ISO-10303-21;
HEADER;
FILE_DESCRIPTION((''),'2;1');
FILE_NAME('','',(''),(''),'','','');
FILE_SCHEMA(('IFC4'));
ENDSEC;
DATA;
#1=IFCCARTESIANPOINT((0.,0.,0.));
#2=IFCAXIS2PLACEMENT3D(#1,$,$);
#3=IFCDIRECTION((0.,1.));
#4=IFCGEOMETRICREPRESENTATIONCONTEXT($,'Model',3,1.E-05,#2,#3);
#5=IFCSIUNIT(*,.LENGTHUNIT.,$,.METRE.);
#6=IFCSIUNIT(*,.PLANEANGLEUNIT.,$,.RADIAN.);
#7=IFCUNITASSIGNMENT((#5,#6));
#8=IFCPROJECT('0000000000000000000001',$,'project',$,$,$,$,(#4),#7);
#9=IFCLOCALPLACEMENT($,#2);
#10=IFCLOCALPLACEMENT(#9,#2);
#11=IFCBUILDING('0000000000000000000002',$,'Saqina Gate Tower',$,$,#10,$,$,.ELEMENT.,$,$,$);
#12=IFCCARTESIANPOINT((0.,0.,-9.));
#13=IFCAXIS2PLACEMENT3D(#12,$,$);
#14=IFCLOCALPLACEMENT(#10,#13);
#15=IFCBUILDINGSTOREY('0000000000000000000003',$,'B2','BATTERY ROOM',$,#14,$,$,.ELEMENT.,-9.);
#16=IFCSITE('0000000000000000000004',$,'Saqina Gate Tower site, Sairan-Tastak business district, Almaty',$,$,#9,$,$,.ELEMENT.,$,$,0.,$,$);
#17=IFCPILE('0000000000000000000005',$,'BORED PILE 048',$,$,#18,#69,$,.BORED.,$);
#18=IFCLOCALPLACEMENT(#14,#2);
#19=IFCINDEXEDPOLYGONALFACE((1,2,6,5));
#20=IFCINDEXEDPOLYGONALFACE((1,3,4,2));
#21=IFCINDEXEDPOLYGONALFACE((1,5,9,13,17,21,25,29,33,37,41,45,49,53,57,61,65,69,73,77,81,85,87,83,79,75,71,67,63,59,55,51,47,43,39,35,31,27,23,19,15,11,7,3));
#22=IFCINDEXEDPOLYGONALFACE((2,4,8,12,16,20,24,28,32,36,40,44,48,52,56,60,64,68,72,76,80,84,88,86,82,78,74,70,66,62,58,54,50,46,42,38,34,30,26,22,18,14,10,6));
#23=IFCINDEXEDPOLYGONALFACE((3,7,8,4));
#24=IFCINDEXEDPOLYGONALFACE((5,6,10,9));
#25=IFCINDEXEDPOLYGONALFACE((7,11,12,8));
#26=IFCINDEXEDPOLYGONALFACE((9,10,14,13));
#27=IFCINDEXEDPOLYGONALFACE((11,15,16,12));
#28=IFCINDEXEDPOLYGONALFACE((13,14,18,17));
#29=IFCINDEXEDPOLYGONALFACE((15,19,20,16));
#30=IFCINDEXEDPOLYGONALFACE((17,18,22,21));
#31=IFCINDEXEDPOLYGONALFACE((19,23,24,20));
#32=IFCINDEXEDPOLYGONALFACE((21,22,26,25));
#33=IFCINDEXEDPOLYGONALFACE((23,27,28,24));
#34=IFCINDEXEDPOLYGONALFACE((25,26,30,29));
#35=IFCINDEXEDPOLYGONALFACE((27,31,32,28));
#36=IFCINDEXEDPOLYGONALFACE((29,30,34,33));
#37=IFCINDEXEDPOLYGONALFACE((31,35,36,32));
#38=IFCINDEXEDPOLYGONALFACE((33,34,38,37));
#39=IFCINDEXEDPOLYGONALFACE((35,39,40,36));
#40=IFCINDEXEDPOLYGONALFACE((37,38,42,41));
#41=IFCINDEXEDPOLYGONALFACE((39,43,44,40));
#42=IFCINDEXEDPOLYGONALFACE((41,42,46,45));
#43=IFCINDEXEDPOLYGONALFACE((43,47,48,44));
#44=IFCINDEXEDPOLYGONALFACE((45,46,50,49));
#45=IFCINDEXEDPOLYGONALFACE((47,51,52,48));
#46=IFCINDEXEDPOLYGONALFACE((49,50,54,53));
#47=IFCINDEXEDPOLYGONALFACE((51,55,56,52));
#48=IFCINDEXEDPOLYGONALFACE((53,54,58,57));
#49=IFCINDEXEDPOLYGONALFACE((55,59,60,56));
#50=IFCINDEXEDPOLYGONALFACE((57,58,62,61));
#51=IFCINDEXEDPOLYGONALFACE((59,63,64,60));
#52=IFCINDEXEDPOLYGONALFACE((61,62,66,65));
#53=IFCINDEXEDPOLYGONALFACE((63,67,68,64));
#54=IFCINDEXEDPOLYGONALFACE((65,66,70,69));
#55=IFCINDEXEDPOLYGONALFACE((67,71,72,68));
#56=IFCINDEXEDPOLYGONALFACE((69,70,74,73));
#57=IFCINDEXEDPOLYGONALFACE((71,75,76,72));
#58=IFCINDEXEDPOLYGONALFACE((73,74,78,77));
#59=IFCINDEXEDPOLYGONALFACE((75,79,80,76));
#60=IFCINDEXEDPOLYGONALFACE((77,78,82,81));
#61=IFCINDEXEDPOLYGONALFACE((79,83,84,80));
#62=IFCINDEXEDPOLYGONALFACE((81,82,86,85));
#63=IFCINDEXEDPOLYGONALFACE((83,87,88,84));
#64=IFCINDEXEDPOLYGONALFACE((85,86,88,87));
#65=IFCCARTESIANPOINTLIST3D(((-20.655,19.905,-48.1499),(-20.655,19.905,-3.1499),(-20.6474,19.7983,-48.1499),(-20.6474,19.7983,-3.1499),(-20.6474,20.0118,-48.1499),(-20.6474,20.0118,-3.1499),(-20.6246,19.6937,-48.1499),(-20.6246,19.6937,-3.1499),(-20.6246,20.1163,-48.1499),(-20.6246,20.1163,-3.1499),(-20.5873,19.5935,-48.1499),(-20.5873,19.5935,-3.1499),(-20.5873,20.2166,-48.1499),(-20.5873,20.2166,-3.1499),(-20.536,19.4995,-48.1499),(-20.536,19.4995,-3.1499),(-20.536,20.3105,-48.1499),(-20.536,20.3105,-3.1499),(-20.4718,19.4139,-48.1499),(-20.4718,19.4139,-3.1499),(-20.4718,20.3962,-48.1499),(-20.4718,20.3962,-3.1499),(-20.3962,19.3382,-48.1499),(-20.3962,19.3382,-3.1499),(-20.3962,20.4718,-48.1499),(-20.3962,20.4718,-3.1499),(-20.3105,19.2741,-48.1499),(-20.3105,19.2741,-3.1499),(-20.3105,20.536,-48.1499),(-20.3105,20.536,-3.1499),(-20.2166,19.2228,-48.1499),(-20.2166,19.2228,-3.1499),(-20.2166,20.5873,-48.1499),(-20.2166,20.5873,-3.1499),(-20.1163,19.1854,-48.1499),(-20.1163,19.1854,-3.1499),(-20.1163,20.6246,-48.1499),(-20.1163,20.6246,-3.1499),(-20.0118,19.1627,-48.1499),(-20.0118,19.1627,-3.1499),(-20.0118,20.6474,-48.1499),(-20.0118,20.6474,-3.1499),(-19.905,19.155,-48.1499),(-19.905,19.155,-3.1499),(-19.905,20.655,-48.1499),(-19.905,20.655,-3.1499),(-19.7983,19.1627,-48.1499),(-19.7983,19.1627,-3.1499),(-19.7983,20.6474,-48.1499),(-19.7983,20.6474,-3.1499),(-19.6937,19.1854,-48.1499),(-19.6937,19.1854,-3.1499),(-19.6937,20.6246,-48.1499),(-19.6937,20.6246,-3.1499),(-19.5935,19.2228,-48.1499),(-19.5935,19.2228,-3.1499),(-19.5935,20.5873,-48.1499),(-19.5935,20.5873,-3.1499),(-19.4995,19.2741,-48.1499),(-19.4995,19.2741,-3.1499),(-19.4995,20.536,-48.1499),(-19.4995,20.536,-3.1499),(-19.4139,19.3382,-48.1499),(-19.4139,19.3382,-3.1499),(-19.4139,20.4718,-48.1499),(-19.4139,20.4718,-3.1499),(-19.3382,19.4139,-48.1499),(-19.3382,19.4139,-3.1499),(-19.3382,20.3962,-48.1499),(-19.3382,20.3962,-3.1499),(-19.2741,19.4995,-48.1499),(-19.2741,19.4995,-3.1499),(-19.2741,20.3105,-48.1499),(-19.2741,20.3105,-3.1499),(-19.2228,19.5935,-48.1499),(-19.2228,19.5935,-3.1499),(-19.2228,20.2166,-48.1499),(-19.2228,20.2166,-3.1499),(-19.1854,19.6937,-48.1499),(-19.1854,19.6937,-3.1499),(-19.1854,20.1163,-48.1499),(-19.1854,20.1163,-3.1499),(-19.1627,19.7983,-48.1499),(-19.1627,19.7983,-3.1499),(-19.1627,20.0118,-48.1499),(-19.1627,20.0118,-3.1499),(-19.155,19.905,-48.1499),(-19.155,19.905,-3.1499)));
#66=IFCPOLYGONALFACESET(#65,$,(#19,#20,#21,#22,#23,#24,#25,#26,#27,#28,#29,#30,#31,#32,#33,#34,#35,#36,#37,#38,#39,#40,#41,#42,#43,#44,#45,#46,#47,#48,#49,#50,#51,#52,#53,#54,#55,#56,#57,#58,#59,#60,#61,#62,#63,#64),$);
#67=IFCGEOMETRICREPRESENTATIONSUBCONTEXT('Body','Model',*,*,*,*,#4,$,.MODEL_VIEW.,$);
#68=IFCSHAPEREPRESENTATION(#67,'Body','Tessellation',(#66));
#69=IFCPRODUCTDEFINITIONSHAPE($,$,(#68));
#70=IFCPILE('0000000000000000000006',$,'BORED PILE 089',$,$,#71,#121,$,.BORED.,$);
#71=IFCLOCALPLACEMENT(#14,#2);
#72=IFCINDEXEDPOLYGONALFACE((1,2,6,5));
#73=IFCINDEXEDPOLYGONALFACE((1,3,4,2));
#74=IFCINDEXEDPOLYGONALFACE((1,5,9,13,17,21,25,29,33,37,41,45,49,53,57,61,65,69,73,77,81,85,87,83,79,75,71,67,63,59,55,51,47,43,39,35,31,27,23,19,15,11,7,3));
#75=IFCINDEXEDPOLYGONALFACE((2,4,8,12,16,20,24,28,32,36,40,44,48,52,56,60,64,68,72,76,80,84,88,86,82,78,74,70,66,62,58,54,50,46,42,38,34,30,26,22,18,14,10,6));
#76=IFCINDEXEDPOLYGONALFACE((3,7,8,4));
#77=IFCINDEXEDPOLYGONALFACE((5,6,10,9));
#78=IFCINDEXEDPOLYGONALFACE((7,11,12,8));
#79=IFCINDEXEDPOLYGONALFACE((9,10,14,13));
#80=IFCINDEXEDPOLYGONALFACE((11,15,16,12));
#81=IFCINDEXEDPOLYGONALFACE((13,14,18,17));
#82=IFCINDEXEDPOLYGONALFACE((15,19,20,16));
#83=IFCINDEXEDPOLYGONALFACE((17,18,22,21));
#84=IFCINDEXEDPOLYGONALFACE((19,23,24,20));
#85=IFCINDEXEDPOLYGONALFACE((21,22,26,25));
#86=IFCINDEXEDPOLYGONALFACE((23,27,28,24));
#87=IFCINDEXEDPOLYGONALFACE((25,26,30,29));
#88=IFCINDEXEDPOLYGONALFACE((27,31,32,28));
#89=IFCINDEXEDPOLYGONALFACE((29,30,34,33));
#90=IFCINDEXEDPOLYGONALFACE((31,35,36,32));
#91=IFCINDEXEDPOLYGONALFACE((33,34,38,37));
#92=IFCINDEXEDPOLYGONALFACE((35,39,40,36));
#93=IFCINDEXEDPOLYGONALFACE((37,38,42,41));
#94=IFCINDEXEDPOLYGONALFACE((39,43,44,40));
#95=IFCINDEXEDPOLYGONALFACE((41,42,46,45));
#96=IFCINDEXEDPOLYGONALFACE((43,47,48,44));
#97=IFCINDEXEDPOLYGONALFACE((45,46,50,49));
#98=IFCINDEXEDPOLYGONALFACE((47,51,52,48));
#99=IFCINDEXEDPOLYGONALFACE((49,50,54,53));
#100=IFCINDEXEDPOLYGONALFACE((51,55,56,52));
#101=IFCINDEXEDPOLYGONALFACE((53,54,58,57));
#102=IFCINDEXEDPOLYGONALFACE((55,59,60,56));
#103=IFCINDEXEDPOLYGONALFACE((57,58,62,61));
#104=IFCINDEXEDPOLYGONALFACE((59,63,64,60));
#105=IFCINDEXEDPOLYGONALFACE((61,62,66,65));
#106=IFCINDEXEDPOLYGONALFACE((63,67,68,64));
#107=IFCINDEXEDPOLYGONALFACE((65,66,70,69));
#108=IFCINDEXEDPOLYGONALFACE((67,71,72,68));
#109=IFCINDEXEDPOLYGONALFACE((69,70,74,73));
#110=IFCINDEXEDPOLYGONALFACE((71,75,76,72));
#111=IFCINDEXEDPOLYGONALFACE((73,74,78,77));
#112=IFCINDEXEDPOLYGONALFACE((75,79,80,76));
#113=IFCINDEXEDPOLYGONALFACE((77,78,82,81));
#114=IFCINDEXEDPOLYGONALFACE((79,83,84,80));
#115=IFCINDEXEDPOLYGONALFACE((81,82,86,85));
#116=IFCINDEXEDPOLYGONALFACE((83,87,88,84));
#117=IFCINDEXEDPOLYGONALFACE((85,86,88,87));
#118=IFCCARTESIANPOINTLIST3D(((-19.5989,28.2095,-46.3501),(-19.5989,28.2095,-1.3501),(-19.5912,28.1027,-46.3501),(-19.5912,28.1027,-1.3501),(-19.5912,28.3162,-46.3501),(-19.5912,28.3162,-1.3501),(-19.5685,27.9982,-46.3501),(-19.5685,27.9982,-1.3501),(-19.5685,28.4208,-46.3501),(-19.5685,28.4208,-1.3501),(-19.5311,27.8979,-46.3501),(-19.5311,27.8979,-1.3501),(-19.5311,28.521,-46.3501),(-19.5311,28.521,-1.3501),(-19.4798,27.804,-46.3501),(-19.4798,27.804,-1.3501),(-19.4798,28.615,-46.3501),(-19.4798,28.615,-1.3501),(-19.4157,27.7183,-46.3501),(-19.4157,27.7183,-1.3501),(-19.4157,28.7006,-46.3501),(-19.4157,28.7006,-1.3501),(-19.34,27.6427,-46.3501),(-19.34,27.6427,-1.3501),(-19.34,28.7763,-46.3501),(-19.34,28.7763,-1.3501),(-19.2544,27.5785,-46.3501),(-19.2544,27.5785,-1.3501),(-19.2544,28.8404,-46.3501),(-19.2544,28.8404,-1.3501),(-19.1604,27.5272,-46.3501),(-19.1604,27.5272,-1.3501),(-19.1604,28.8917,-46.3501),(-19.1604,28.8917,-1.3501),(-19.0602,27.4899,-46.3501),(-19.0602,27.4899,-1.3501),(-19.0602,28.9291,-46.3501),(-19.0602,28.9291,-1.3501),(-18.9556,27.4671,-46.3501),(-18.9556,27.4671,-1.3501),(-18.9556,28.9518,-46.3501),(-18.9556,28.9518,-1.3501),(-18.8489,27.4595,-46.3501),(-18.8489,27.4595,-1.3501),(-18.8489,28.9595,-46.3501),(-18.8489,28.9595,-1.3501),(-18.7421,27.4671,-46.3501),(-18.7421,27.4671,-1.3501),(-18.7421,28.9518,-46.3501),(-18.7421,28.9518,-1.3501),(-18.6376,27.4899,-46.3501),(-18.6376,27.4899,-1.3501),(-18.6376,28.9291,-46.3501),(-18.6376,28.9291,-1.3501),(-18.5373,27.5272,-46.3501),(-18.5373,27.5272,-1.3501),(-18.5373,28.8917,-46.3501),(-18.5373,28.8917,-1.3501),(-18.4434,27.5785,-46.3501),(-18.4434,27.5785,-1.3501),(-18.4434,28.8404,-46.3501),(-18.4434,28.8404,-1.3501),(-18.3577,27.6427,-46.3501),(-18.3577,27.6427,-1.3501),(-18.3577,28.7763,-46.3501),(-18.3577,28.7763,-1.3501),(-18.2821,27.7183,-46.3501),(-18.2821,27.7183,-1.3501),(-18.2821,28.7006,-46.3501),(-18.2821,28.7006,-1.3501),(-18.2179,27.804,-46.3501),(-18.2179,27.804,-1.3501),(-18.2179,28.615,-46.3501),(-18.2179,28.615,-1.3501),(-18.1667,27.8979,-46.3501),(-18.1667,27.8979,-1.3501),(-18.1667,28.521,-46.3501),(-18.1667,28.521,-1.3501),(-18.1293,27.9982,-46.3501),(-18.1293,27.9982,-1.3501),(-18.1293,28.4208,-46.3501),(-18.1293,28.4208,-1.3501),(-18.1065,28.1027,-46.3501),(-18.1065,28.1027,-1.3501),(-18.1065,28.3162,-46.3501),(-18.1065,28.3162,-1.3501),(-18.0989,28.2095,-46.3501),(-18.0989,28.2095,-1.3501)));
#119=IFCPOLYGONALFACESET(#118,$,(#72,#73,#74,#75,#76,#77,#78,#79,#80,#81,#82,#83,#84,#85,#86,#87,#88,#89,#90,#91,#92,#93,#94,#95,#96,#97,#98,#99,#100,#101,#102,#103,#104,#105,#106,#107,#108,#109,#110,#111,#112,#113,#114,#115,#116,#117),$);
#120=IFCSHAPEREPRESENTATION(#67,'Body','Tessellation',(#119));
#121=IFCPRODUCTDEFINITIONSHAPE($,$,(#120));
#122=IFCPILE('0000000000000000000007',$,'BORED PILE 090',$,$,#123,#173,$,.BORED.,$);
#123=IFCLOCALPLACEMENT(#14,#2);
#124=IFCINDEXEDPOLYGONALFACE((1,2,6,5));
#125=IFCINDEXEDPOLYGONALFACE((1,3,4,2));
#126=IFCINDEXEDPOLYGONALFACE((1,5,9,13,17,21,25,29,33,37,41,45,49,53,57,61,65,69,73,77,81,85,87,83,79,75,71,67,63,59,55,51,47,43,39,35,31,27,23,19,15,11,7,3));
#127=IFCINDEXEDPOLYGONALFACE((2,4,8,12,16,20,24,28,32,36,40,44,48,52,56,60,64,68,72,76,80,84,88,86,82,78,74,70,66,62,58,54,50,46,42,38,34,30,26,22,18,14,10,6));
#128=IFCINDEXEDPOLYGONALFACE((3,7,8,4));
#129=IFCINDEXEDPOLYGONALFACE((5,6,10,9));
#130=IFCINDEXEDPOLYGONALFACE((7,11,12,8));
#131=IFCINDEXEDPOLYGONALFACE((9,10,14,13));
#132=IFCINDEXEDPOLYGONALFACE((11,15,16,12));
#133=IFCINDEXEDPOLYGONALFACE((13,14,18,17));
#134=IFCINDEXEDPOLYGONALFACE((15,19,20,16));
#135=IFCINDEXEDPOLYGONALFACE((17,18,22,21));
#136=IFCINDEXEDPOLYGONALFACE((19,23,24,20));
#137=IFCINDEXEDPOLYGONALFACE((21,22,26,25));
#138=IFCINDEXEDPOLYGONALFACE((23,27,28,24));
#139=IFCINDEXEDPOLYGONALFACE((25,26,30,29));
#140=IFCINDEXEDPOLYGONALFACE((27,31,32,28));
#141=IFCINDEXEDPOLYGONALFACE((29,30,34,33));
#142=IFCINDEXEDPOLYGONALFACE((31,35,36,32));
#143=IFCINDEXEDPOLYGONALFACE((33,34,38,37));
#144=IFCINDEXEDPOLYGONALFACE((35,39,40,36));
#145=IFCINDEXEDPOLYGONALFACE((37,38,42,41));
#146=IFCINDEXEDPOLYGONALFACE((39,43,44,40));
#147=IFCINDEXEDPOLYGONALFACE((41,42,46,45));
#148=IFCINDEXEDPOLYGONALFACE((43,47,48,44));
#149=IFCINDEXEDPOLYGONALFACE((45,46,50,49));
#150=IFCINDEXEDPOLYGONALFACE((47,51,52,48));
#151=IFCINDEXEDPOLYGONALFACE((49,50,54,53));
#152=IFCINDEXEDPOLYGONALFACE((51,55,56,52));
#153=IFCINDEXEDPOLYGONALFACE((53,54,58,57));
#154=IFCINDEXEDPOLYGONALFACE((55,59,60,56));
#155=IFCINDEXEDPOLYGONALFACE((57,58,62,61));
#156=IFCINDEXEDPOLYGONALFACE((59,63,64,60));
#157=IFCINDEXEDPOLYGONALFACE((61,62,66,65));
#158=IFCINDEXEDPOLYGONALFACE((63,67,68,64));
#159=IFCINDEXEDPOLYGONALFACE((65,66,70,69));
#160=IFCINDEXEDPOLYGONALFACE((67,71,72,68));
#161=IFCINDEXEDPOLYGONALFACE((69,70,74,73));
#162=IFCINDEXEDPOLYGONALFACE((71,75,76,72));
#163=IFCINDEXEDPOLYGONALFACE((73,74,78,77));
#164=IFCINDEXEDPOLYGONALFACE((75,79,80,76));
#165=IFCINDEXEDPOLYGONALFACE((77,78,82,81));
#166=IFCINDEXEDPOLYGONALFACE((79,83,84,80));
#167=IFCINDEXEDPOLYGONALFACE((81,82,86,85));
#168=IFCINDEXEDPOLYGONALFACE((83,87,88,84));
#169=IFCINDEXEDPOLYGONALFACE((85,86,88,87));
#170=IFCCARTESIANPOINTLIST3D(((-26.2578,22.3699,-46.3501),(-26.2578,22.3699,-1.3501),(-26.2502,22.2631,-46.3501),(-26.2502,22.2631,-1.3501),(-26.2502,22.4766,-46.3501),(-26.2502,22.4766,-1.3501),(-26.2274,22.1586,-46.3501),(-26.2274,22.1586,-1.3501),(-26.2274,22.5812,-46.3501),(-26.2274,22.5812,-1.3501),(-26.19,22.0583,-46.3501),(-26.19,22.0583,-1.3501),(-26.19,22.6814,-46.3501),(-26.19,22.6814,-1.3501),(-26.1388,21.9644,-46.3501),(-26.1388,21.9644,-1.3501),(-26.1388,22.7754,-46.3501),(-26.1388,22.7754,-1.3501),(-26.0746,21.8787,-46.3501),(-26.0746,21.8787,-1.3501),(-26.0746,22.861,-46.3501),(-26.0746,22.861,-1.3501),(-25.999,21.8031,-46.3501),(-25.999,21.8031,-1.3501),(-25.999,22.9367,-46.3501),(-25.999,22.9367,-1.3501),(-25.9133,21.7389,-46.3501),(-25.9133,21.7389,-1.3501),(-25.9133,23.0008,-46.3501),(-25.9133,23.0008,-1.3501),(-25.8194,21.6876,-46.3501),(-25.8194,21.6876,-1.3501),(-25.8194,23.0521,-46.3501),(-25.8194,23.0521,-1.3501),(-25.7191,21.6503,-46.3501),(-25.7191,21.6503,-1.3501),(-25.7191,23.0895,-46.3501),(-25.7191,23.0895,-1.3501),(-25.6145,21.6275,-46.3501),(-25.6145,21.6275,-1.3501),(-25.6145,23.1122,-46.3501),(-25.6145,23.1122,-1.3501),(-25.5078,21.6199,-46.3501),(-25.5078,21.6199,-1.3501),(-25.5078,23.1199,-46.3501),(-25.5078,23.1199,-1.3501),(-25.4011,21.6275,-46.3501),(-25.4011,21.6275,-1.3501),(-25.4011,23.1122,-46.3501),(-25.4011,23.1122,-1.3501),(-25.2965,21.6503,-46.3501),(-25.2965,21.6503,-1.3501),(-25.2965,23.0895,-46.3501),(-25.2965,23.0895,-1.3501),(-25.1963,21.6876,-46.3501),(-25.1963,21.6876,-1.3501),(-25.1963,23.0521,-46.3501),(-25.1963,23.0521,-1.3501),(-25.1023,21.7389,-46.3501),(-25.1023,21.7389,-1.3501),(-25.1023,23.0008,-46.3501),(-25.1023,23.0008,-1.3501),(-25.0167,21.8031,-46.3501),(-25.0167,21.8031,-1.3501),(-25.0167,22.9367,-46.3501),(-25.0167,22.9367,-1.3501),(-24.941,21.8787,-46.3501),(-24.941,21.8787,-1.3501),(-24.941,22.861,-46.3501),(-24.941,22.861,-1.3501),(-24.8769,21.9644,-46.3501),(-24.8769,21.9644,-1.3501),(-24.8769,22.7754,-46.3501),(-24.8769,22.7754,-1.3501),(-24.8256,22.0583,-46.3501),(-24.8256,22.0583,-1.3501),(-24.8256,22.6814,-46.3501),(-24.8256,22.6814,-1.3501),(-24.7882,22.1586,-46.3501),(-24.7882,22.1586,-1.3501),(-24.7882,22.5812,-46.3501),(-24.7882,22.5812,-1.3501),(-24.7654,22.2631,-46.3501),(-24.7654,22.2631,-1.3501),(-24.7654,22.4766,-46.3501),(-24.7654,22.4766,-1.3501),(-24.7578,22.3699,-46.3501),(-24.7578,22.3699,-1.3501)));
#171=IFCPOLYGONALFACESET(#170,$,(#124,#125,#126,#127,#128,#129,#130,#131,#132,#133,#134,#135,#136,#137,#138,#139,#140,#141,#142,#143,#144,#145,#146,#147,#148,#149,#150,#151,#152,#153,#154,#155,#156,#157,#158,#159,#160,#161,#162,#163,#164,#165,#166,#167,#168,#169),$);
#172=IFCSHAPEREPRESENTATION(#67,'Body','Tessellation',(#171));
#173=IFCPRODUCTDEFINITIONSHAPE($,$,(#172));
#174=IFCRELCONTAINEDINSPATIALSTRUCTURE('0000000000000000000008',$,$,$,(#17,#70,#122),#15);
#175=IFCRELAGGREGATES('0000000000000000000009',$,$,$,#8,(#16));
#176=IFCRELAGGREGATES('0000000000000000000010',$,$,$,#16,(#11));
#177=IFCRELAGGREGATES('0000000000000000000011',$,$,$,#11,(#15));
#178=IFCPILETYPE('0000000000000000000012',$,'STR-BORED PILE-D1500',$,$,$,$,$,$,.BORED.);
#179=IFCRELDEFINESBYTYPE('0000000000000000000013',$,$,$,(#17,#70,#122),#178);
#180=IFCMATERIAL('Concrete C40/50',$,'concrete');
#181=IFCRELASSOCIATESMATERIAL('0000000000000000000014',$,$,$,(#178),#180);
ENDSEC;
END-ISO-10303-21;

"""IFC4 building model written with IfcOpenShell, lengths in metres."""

from ifc_helpers import new_model, si_unit, direction, frame, origin, origin_2d, place, context, subcontext, project, spatial, circle, extrude, material, material_profile, profile_set, type_object, element, save


model = new_model("IFC4")

# Units and contexts
model_context = context("Model", 3, precision=1e-05, world=origin(), true_north=direction((0.0, 1.0)))
body_context = subcontext(model_context, "Body", "Model", "MODEL_VIEW")
ifc_project = project(units=[si_unit("LENGTHUNIT", "METRE"), si_unit("PLANEANGLEUNIT", "RADIAN")], contexts=[model_context])

# Site, building, storey
site_placement = place(None, origin())
site = spatial("IfcSite", under=ifc_project, at=site_placement, Name="Saqina Gate Tower site, Sairan-Tastak business district, Almaty", CompositionType="ELEMENT", RefElevation=0.0)
building_placement = place(site_placement, origin())
building = spatial("IfcBuilding", under=site, at=building_placement, Name="Saqina Gate Tower", CompositionType="ELEMENT")
storey_placement = place(building_placement, frame((0.0, 0.0, -9.0)))
storey = spatial("IfcBuildingStorey", under=building, at=storey_placement, Name="B2", Description="BATTERY ROOM", CompositionType="ELEMENT", Elevation=-9.0)

# Piles
ifc_material_1 = material(Name="Concrete C40/50", Category="concrete")
ifc_material_profile_1 = material_profile(ifc_material_1, circle(Radius=0.75, at=origin_2d()), Name="RC D1500")
ifc_profile_set_1 = profile_set([ifc_material_profile_1], Name="Concrete C40/50")
pile_type = type_object("IfcPileType", Name="STR-BORED PILE-D1500", PredefinedType="BORED", material=ifc_profile_set_1)
for number, where, z_axis, x_axis, name in (
    (1, (-19.905, 19.905, -3.1499), (0.0, 0.0, -1.0), (1.0, 0.0, 0.0), "BORED PILE 048"),
    (2, (-18.8489, 28.2095, -1.3501), (0.0, 0.0, -1.0), (1.0, 0.0, 0.0), "BORED PILE 089"),
    (3, (-25.5078, 22.3699, -1.3501), (0.0, 0.0, -1.0), (1.0, 0.0, 0.0), "BORED PILE 090"),
):
    element("IfcPile", number, at=place(storey_placement, frame(where, z_axis=z_axis, x_axis=x_axis)), inside=storey, type_object=pile_type, Name=name, PredefinedType="BORED", context=body_context, shape_type="SweptSolid", body=[
        extrude(circle(Radius=0.75, at=origin_2d()), origin(), (0.0, 0.0, 1.0), 45.0),
    ])

save(model, "model.ifc")
